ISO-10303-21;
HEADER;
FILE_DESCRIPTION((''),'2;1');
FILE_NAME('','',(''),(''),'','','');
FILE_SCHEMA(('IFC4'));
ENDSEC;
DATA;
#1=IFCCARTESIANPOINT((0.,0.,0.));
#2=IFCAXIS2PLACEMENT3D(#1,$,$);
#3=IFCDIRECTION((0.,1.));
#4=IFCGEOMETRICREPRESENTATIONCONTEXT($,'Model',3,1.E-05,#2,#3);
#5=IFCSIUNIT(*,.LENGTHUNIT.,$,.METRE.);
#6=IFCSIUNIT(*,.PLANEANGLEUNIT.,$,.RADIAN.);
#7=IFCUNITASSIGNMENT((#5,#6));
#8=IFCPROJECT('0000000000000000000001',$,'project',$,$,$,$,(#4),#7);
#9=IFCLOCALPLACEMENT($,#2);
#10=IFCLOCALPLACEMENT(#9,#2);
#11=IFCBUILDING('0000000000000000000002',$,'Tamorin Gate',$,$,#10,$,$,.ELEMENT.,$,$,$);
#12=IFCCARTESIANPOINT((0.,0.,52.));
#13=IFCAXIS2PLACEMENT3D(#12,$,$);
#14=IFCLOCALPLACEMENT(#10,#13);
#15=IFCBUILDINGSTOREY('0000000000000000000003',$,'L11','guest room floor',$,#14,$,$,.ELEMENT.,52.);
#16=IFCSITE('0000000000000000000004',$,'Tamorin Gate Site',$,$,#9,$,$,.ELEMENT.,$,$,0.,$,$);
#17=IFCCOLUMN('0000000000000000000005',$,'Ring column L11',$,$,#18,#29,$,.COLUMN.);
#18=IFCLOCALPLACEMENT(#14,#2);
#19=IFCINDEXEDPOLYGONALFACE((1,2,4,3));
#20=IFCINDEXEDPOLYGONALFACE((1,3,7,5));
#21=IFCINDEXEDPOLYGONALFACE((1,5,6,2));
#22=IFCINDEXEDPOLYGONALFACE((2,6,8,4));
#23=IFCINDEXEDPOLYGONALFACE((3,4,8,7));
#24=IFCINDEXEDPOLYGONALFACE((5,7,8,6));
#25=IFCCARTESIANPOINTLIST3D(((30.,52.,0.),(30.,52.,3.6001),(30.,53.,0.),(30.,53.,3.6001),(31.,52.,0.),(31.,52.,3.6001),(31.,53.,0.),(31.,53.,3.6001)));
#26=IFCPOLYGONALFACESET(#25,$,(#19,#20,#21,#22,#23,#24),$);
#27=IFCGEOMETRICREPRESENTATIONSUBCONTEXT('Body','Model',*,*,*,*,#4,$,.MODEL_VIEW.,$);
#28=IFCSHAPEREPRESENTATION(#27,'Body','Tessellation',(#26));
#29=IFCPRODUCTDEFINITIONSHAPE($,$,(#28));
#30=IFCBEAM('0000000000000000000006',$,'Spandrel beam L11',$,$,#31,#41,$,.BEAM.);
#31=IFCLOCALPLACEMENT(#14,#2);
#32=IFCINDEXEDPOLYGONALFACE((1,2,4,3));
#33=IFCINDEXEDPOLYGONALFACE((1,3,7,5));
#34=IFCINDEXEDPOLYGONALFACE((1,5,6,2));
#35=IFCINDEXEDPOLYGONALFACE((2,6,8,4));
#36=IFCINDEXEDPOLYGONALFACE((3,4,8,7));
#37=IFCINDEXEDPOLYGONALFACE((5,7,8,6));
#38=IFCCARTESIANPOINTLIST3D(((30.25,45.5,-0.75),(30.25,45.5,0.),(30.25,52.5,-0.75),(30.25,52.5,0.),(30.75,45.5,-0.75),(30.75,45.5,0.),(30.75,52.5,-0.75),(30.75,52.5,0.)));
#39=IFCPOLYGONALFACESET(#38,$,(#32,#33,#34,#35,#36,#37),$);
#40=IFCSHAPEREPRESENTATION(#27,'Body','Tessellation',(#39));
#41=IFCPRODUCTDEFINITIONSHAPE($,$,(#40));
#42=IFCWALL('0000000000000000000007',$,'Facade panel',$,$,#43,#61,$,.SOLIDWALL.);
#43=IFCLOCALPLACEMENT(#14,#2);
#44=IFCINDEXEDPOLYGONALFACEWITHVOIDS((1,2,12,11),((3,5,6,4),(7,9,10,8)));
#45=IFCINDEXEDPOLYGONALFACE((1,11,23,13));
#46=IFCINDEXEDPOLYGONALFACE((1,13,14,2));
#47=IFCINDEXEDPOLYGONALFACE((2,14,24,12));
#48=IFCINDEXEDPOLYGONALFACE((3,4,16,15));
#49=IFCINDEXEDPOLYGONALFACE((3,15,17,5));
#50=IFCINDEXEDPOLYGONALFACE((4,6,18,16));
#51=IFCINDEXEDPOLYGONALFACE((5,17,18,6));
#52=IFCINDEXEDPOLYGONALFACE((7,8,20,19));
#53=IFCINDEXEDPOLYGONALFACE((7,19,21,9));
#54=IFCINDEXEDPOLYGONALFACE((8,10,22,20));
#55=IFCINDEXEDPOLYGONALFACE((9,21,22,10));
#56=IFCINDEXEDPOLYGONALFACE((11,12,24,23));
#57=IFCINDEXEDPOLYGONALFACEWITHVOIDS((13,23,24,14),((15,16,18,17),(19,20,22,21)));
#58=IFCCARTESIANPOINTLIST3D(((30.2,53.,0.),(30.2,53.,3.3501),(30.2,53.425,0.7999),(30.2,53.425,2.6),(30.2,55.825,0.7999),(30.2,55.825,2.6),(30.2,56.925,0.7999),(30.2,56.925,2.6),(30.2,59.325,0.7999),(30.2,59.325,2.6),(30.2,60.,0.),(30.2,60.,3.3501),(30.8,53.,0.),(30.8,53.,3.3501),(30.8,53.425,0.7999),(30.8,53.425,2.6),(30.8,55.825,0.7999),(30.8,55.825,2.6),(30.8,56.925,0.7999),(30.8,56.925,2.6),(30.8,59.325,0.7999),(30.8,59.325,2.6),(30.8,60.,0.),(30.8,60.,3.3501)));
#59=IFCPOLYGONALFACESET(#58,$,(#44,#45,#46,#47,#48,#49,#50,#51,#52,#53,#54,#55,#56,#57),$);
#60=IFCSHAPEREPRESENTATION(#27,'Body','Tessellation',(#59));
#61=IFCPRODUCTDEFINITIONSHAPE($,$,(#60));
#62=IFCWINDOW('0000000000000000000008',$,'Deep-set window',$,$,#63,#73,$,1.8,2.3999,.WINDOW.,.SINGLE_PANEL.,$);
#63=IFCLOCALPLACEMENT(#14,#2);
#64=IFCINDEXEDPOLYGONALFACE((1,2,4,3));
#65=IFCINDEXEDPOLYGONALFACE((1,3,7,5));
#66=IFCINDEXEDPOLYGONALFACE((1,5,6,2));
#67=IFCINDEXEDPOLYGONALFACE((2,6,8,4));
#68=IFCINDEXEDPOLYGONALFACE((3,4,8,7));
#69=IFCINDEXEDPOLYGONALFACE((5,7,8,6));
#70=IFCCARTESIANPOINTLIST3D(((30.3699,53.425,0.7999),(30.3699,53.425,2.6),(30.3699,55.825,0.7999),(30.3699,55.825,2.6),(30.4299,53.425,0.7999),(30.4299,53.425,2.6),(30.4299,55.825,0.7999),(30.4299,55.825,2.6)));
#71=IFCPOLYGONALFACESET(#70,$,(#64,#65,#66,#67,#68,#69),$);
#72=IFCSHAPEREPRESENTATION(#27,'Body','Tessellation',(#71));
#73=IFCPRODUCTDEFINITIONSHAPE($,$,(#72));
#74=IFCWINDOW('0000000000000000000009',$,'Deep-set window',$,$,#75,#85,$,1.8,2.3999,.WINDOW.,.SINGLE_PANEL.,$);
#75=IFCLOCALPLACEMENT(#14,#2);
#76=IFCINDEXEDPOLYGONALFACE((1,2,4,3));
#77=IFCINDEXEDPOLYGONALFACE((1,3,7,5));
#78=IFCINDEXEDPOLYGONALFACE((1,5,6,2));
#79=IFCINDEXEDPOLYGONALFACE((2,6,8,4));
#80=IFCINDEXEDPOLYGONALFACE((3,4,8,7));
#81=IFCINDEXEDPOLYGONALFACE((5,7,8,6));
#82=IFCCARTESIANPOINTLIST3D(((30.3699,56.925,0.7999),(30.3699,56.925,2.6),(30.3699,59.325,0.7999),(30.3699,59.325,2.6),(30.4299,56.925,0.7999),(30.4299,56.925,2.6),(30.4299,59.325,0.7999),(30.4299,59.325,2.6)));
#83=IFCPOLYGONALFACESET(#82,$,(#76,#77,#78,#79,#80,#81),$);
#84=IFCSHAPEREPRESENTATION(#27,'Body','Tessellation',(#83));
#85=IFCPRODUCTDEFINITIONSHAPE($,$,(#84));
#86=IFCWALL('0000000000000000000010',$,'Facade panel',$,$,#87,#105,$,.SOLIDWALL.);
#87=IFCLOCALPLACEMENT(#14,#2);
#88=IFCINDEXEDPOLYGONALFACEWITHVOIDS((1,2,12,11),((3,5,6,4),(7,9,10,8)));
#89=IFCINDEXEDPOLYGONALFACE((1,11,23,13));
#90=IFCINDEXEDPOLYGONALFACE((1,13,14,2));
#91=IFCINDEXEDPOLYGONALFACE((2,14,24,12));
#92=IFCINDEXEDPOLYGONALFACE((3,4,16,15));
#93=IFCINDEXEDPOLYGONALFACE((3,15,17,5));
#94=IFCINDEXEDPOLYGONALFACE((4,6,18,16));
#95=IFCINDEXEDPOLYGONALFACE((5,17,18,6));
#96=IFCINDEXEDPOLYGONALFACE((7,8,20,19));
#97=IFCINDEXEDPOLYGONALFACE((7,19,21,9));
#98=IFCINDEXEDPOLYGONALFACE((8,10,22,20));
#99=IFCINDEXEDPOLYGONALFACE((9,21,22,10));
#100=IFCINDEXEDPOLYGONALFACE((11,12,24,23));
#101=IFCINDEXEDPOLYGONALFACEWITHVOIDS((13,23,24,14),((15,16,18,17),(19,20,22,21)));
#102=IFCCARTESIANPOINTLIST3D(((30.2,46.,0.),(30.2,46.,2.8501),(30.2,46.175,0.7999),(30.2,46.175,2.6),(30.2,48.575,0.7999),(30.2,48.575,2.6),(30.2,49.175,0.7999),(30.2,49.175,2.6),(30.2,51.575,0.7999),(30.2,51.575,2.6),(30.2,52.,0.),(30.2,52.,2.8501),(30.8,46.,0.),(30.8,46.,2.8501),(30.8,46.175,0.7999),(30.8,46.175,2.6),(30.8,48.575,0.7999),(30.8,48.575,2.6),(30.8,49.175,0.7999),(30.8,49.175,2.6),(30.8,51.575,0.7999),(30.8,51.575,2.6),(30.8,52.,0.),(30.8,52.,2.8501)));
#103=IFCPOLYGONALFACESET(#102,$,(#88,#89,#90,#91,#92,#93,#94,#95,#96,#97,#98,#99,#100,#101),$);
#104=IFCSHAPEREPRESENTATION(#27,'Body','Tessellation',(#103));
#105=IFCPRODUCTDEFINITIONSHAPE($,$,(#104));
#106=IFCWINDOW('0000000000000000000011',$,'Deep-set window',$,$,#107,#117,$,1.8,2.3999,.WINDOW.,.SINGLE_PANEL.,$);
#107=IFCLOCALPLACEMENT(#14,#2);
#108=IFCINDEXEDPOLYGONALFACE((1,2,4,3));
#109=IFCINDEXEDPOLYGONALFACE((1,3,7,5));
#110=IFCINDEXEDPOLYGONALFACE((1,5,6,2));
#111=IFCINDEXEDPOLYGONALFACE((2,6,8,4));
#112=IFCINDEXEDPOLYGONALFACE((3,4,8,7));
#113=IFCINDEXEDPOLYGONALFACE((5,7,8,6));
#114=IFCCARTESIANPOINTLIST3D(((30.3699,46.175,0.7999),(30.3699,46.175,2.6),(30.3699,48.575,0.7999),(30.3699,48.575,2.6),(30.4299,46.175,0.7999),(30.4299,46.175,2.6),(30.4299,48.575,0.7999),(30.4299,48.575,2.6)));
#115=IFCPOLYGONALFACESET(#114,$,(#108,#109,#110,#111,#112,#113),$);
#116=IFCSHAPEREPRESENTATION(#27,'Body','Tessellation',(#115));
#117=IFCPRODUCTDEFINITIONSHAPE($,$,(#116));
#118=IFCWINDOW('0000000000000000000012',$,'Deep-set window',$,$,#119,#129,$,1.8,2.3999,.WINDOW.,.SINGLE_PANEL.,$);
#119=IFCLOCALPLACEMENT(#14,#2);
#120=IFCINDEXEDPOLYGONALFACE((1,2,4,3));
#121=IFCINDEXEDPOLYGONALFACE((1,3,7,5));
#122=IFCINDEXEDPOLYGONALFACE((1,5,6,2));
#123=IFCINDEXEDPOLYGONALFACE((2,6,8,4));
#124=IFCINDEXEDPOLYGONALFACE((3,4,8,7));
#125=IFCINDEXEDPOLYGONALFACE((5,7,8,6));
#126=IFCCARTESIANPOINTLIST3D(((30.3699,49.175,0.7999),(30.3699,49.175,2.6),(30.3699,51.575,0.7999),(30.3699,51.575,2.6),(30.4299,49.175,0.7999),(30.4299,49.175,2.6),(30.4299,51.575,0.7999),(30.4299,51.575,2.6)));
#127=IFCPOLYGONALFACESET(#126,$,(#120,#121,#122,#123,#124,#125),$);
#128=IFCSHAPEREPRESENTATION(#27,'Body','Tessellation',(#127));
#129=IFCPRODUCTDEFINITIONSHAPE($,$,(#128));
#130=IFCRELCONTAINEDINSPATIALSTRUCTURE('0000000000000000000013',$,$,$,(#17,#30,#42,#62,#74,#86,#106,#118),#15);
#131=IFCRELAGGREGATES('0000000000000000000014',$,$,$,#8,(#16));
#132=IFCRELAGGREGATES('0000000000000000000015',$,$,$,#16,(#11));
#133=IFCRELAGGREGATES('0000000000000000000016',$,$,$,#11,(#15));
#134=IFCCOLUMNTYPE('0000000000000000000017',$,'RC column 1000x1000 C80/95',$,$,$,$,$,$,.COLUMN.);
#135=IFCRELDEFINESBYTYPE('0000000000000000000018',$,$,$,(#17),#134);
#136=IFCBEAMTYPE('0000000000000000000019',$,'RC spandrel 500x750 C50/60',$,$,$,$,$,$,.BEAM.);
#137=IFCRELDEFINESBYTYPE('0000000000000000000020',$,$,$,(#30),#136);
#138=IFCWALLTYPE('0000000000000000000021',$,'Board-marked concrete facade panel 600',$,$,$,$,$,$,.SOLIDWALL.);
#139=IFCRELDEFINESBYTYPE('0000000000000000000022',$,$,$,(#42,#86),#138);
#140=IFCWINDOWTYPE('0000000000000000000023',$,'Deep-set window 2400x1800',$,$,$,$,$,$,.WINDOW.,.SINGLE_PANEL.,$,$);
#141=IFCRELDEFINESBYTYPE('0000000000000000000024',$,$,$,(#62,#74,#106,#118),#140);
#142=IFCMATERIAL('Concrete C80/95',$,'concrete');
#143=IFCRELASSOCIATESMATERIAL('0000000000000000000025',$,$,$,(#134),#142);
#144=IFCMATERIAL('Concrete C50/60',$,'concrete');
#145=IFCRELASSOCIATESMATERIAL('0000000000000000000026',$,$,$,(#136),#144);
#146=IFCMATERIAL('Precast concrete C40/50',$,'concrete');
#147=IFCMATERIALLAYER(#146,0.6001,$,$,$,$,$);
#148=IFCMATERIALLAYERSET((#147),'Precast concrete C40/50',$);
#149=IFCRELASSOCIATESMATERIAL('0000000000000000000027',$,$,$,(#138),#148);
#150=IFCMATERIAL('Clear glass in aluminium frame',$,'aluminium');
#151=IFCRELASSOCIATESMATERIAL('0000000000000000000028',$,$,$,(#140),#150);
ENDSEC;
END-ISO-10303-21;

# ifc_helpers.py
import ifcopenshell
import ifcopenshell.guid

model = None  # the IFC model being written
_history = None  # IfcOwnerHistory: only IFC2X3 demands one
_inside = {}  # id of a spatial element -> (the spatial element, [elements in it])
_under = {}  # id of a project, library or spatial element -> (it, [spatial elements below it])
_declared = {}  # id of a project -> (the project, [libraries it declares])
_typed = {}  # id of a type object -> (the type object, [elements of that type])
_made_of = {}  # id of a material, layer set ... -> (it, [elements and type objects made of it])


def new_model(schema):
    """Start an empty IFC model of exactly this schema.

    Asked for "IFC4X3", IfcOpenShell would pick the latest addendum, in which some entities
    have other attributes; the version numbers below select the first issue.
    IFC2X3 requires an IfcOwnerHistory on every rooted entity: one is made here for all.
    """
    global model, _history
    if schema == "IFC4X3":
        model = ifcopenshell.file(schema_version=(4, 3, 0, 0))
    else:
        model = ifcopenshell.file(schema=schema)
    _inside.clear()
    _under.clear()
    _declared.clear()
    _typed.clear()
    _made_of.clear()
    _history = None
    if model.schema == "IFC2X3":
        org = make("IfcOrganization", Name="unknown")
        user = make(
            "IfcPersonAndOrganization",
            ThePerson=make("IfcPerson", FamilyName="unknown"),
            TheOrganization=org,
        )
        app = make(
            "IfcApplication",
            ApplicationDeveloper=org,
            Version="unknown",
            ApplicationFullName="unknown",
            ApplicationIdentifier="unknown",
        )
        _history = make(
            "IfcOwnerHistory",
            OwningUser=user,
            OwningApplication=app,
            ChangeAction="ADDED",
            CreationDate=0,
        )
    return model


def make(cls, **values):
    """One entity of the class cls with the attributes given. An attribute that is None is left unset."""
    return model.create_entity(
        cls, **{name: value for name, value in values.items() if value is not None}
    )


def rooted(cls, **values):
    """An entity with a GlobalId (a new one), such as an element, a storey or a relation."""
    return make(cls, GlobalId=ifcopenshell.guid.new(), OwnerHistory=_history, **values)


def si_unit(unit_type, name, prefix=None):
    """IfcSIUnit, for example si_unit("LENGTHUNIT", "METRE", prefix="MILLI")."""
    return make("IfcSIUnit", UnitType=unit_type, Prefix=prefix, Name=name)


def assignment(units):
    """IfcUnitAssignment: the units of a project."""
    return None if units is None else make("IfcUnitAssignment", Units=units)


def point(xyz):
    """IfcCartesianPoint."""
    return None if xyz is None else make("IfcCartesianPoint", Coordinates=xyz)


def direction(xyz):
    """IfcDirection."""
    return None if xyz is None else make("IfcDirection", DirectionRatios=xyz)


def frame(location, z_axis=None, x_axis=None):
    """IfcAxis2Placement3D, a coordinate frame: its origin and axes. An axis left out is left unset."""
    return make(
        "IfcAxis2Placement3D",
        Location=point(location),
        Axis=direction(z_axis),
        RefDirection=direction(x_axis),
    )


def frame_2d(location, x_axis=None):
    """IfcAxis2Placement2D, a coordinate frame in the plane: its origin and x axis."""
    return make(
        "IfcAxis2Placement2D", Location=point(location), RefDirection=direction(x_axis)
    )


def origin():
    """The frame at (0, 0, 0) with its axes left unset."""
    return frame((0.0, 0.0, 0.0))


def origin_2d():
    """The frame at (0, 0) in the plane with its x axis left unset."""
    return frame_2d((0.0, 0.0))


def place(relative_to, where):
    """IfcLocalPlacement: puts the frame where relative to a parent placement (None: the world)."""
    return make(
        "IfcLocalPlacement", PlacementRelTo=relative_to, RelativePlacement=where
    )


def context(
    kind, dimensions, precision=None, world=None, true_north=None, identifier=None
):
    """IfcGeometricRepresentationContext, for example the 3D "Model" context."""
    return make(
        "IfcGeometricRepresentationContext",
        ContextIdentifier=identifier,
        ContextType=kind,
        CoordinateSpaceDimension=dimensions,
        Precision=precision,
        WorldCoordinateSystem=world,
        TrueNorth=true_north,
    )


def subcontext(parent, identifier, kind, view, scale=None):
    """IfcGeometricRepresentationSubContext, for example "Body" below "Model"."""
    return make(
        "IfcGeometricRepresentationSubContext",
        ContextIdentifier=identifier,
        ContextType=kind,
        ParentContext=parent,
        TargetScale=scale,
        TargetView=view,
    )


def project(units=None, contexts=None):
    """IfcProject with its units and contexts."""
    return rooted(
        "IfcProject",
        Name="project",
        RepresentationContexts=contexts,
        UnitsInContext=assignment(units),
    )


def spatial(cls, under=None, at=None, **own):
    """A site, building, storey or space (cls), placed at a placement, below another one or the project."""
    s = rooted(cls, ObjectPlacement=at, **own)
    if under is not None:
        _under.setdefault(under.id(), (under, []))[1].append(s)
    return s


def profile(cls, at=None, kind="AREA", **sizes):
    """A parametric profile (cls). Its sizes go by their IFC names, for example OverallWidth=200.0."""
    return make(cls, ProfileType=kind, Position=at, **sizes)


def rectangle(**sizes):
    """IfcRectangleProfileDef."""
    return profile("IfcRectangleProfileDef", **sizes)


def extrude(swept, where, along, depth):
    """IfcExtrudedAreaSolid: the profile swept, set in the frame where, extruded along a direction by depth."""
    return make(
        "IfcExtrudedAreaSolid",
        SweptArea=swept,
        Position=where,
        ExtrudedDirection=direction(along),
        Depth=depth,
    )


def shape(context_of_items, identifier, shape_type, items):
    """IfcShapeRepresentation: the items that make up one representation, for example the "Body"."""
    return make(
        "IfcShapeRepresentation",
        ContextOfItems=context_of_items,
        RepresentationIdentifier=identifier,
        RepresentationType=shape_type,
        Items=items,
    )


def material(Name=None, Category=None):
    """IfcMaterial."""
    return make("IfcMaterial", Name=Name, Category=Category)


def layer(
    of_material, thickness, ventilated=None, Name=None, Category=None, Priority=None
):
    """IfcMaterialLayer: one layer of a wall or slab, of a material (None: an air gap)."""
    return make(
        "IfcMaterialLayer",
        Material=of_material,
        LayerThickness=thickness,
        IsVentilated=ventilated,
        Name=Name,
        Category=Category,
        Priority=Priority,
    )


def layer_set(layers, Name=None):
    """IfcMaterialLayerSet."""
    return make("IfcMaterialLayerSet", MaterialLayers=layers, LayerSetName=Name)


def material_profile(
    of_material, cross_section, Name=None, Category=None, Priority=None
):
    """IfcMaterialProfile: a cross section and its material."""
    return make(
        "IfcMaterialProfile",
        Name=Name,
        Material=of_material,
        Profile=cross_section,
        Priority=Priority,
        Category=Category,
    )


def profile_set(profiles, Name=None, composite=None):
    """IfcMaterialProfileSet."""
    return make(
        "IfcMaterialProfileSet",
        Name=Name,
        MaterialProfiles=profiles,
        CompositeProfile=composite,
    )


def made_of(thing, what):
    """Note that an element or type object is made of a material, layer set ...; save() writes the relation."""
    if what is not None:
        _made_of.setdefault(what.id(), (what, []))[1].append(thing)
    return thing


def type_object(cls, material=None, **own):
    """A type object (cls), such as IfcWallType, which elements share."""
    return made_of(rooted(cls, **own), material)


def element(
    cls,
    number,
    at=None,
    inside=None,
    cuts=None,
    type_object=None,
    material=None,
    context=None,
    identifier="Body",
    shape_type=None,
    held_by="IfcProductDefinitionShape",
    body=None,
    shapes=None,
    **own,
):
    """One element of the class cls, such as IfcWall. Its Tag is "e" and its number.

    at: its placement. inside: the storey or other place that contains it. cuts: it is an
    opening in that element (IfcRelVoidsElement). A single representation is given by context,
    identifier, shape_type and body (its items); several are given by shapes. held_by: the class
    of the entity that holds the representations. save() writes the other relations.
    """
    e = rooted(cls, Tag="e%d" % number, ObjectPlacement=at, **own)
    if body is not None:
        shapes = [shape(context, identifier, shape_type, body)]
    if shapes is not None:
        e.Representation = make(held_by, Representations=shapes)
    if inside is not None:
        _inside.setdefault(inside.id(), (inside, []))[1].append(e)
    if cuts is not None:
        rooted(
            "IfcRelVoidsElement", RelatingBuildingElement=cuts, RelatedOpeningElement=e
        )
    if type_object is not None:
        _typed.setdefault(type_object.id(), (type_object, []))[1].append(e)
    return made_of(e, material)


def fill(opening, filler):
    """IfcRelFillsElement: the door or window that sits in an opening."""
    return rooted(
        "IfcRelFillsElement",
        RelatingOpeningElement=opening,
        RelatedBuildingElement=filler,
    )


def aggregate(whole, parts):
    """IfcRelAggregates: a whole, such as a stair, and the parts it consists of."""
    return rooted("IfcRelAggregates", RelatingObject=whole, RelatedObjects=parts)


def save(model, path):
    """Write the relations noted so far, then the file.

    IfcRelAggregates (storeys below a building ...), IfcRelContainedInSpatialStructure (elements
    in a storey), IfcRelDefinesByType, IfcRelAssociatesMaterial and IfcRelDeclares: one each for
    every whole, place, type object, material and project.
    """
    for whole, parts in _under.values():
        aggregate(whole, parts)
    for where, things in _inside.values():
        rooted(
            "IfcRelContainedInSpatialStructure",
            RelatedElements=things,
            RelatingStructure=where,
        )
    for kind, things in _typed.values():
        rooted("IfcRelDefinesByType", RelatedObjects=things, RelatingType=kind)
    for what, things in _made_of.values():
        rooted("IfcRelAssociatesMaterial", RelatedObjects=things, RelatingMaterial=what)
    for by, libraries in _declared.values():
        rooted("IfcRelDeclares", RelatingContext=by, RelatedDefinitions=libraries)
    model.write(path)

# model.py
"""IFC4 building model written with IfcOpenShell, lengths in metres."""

from ifc_helpers import new_model, si_unit, direction, frame, frame_2d, origin, origin_2d, place, context, subcontext, project, spatial, rectangle, extrude, material, layer, layer_set, material_profile, profile_set, type_object, element, fill, save


model = new_model("IFC4")

# Units and contexts
model_context = context("Model", 3, precision=1e-05, world=origin(), true_north=direction((0.0, 1.0)))
body_context = subcontext(model_context, "Body", "Model", "MODEL_VIEW")
ifc_project = project(units=[si_unit("LENGTHUNIT", "METRE"), si_unit("PLANEANGLEUNIT", "RADIAN")], contexts=[model_context])

# Site, building, storey
site_placement = place(None, origin())
site = spatial("IfcSite", under=ifc_project, at=site_placement, Name="Tamorin Gate Site", CompositionType="ELEMENT", RefElevation=0.0)
building_placement = place(site_placement, origin())
building = spatial("IfcBuilding", under=site, at=building_placement, Name="Tamorin Gate", CompositionType="ELEMENT")
storey_placement = place(building_placement, frame((0.0, 0.0, 52.0)))
storey = spatial("IfcBuildingStorey", under=building, at=storey_placement, Name="L11", Description="guest room floor", CompositionType="ELEMENT", Elevation=52.0)

# Column
ifc_material_1 = material(Name="Concrete C80/95", Category="concrete")
ifc_material_profile_1 = material_profile(ifc_material_1, rectangle(XDim=1.0, YDim=1.0, at=origin_2d()), Name="RC 1000x1000")
ifc_profile_set_1 = profile_set([ifc_material_profile_1], Name="Concrete C80/95")
column_type = type_object("IfcColumnType", Name="RC column 1000x1000 C80/95", PredefinedType="COLUMN", material=ifc_profile_set_1)
column_placement = place(storey_placement, frame((30.5, 52.5, 0.0), z_axis=(0.0, 0.0, 1.0), x_axis=(1.0, 0.0, 0.0)))
element("IfcColumn", 1, at=column_placement, inside=storey, type_object=column_type, Name="Ring column L11", PredefinedType="COLUMN", context=body_context, shape_type="SweptSolid", body=[
    extrude(rectangle(XDim=1.0, YDim=1.0, at=origin_2d()), origin(), (0.0, 0.0, 1.0), 3.6001),
])

# Beam
ifc_material_2 = material(Name="Concrete C50/60", Category="concrete")
ifc_material_profile_2 = material_profile(ifc_material_2, rectangle(XDim=0.5, YDim=0.75, at=origin_2d()), Name="RC 500x750")
ifc_profile_set_2 = profile_set([ifc_material_profile_2], Name="Concrete C50/60")
beam_type = type_object("IfcBeamType", Name="RC spandrel 500x750 C50/60", PredefinedType="BEAM", material=ifc_profile_set_2)
beam_placement = place(storey_placement, frame((30.5, 52.5, -0.375), z_axis=(0.0, -1.0, 0.0), x_axis=(1.0, 0.0, 0.0)))
element("IfcBeam", 2, at=beam_placement, inside=storey, type_object=beam_type, Name="Spandrel beam L11", PredefinedType="BEAM", context=body_context, shape_type="SweptSolid", body=[
    extrude(rectangle(XDim=0.5, YDim=0.75, at=origin_2d()), origin(), (0.0, 0.0, 1.0), 7.0),
])

# Walls, openings, windows
ifc_material_3 = material(Name="Precast concrete C40/50", Category="concrete")
ifc_layer_1 = layer(ifc_material_3, 0.6001)
ifc_layer_set_1 = layer_set([ifc_layer_1], Name="Precast concrete C40/50")
wall_type_1 = type_object("IfcWallType", Name="Board-marked concrete facade panel 600", PredefinedType="SOLIDWALL", material=ifc_layer_set_1)
wall_1_placement = place(storey_placement, frame((30.5, 60.0, 0.0), z_axis=(0.0, 0.0, 1.0), x_axis=(0.0, -1.0, 0.0)))
wall_1 = element("IfcWall", 3, at=wall_1_placement, inside=storey, type_object=wall_type_1, Name="Facade panel", PredefinedType="SOLIDWALL", context=body_context, shape_type="SweptSolid", body=[
    extrude(rectangle(XDim=7.0, YDim=0.6001, at=frame_2d((3.5, 0.0))), origin(), (0.0, 0.0, 1.0), 3.3501),
])
opening_1_placement = place(wall_1_placement, frame((4.175, 0.0, 0.8)))
opening_1 = element("IfcOpeningElement", 4, at=opening_1_placement, cuts=wall_1, PredefinedType="OPENING", context=body_context, shape_type="SweptSolid", body=[
    extrude(rectangle(XDim=2.3999, YDim=1.8, at=frame_2d((1.2, 0.8999))), frame((0.0, 0.3101, 0.0), z_axis=(0.0, -1.0, 0.0), x_axis=(1.0, 0.0, 0.0)), (0.0, 0.0, 1.0), 0.6201),
])
opening_2_placement = place(wall_1_placement, frame((0.675, 0.0, 0.8)))
opening_2 = element("IfcOpeningElement", 5, at=opening_2_placement, cuts=wall_1, PredefinedType="OPENING", context=body_context, shape_type="SweptSolid", body=[
    extrude(rectangle(XDim=2.3999, YDim=1.8, at=frame_2d((1.2, 0.8999))), frame((0.0, 0.3101, 0.0), z_axis=(0.0, -1.0, 0.0), x_axis=(1.0, 0.0, 0.0)), (0.0, 0.0, 1.0), 0.6201),
])
ifc_material_4 = material(Name="Clear glass in aluminium frame", Category="aluminium")
window_type = type_object("IfcWindowType", Name="Deep-set window 2400x1800", PartitioningType="SINGLE_PANEL", PredefinedType="WINDOW", material=ifc_material_4)
window_1_placement = place(opening_1_placement, origin())
window_1 = element("IfcWindow", 6, at=window_1_placement, inside=storey, type_object=window_type, Name="Deep-set window", OverallHeight=1.8, OverallWidth=2.3999, PartitioningType="SINGLE_PANEL", PredefinedType="WINDOW", context=body_context, shape_type="SweptSolid", body=[
    extrude(rectangle(XDim=2.3999, YDim=1.8, at=frame_2d((1.2, 0.8999))), frame((0.0, -0.0701, 0.0), z_axis=(0.0, -1.0, 0.0), x_axis=(1.0, 0.0, 0.0)), (0.0, 0.0, 1.0), 0.0601),
])
fill(opening_1, window_1)
window_2_placement = place(opening_2_placement, origin())
window_2 = element("IfcWindow", 7, at=window_2_placement, inside=storey, type_object=window_type, Name="Deep-set window", OverallHeight=1.8, OverallWidth=2.3999, PartitioningType="SINGLE_PANEL", PredefinedType="WINDOW", context=body_context, shape_type="SweptSolid", body=[
    extrude(rectangle(XDim=2.3999, YDim=1.8, at=frame_2d((1.2, 0.8999))), frame((0.0, -0.0701, 0.0), z_axis=(0.0, -1.0, 0.0), x_axis=(1.0, 0.0, 0.0)), (0.0, 0.0, 1.0), 0.0601),
])
fill(opening_2, window_2)
wall_2_placement = place(storey_placement, frame((30.5, 52.0, 0.0), z_axis=(0.0, 0.0, 1.0), x_axis=(0.0, -1.0, 0.0)))
wall_2 = element("IfcWall", 8, at=wall_2_placement, inside=storey, type_object=wall_type_1, Name="Facade panel", PredefinedType="SOLIDWALL", context=body_context, shape_type="SweptSolid", body=[
    extrude(rectangle(XDim=6.0, YDim=0.6001, at=frame_2d((3.0, 0.0))), origin(), (0.0, 0.0, 1.0), 2.8501),
])
opening_3_placement = place(wall_2_placement, frame((3.425, 0.0, 0.8)))
opening_3 = element("IfcOpeningElement", 9, at=opening_3_placement, cuts=wall_2, PredefinedType="OPENING", context=body_context, shape_type="SweptSolid", body=[
    extrude(rectangle(XDim=2.3999, YDim=1.8, at=frame_2d((1.2, 0.8999))), frame((0.0, 0.3101, 0.0), z_axis=(0.0, -1.0, 0.0), x_axis=(1.0, 0.0, 0.0)), (0.0, 0.0, 1.0), 0.6201),
])
opening_4_placement = place(wall_2_placement, frame((0.425, 0.0, 0.8)))
opening_4 = element("IfcOpeningElement", 10, at=opening_4_placement, cuts=wall_2, PredefinedType="OPENING", context=body_context, shape_type="SweptSolid", body=[
    extrude(rectangle(XDim=2.3999, YDim=1.8, at=frame_2d((1.2, 0.8999))), frame((0.0, 0.3101, 0.0), z_axis=(0.0, -1.0, 0.0), x_axis=(1.0, 0.0, 0.0)), (0.0, 0.0, 1.0), 0.6201),
])
window_3_placement = place(opening_3_placement, origin())
window_3 = element("IfcWindow", 11, at=window_3_placement, inside=storey, type_object=window_type, Name="Deep-set window", OverallHeight=1.8, OverallWidth=2.3999, PartitioningType="SINGLE_PANEL", PredefinedType="WINDOW", context=body_context, shape_type="SweptSolid", body=[
    extrude(rectangle(XDim=2.3999, YDim=1.8, at=frame_2d((1.2, 0.8999))), frame((0.0, -0.0701, 0.0), z_axis=(0.0, -1.0, 0.0), x_axis=(1.0, 0.0, 0.0)), (0.0, 0.0, 1.0), 0.0601),
])
fill(opening_3, window_3)
window_4_placement = place(opening_4_placement, origin())
window_4 = element("IfcWindow", 12, at=window_4_placement, inside=storey, type_object=window_type, Name="Deep-set window", OverallHeight=1.8, OverallWidth=2.3999, PartitioningType="SINGLE_PANEL", PredefinedType="WINDOW", context=body_context, shape_type="SweptSolid", body=[
    extrude(rectangle(XDim=2.3999, YDim=1.8, at=frame_2d((1.2, 0.8999))), frame((0.0, -0.0701, 0.0), z_axis=(0.0, -1.0, 0.0), x_axis=(1.0, 0.0, 0.0)), (0.0, 0.0, 1.0), 0.0601),
])
fill(opening_4, window_4)

save(model, "model.ifc")
